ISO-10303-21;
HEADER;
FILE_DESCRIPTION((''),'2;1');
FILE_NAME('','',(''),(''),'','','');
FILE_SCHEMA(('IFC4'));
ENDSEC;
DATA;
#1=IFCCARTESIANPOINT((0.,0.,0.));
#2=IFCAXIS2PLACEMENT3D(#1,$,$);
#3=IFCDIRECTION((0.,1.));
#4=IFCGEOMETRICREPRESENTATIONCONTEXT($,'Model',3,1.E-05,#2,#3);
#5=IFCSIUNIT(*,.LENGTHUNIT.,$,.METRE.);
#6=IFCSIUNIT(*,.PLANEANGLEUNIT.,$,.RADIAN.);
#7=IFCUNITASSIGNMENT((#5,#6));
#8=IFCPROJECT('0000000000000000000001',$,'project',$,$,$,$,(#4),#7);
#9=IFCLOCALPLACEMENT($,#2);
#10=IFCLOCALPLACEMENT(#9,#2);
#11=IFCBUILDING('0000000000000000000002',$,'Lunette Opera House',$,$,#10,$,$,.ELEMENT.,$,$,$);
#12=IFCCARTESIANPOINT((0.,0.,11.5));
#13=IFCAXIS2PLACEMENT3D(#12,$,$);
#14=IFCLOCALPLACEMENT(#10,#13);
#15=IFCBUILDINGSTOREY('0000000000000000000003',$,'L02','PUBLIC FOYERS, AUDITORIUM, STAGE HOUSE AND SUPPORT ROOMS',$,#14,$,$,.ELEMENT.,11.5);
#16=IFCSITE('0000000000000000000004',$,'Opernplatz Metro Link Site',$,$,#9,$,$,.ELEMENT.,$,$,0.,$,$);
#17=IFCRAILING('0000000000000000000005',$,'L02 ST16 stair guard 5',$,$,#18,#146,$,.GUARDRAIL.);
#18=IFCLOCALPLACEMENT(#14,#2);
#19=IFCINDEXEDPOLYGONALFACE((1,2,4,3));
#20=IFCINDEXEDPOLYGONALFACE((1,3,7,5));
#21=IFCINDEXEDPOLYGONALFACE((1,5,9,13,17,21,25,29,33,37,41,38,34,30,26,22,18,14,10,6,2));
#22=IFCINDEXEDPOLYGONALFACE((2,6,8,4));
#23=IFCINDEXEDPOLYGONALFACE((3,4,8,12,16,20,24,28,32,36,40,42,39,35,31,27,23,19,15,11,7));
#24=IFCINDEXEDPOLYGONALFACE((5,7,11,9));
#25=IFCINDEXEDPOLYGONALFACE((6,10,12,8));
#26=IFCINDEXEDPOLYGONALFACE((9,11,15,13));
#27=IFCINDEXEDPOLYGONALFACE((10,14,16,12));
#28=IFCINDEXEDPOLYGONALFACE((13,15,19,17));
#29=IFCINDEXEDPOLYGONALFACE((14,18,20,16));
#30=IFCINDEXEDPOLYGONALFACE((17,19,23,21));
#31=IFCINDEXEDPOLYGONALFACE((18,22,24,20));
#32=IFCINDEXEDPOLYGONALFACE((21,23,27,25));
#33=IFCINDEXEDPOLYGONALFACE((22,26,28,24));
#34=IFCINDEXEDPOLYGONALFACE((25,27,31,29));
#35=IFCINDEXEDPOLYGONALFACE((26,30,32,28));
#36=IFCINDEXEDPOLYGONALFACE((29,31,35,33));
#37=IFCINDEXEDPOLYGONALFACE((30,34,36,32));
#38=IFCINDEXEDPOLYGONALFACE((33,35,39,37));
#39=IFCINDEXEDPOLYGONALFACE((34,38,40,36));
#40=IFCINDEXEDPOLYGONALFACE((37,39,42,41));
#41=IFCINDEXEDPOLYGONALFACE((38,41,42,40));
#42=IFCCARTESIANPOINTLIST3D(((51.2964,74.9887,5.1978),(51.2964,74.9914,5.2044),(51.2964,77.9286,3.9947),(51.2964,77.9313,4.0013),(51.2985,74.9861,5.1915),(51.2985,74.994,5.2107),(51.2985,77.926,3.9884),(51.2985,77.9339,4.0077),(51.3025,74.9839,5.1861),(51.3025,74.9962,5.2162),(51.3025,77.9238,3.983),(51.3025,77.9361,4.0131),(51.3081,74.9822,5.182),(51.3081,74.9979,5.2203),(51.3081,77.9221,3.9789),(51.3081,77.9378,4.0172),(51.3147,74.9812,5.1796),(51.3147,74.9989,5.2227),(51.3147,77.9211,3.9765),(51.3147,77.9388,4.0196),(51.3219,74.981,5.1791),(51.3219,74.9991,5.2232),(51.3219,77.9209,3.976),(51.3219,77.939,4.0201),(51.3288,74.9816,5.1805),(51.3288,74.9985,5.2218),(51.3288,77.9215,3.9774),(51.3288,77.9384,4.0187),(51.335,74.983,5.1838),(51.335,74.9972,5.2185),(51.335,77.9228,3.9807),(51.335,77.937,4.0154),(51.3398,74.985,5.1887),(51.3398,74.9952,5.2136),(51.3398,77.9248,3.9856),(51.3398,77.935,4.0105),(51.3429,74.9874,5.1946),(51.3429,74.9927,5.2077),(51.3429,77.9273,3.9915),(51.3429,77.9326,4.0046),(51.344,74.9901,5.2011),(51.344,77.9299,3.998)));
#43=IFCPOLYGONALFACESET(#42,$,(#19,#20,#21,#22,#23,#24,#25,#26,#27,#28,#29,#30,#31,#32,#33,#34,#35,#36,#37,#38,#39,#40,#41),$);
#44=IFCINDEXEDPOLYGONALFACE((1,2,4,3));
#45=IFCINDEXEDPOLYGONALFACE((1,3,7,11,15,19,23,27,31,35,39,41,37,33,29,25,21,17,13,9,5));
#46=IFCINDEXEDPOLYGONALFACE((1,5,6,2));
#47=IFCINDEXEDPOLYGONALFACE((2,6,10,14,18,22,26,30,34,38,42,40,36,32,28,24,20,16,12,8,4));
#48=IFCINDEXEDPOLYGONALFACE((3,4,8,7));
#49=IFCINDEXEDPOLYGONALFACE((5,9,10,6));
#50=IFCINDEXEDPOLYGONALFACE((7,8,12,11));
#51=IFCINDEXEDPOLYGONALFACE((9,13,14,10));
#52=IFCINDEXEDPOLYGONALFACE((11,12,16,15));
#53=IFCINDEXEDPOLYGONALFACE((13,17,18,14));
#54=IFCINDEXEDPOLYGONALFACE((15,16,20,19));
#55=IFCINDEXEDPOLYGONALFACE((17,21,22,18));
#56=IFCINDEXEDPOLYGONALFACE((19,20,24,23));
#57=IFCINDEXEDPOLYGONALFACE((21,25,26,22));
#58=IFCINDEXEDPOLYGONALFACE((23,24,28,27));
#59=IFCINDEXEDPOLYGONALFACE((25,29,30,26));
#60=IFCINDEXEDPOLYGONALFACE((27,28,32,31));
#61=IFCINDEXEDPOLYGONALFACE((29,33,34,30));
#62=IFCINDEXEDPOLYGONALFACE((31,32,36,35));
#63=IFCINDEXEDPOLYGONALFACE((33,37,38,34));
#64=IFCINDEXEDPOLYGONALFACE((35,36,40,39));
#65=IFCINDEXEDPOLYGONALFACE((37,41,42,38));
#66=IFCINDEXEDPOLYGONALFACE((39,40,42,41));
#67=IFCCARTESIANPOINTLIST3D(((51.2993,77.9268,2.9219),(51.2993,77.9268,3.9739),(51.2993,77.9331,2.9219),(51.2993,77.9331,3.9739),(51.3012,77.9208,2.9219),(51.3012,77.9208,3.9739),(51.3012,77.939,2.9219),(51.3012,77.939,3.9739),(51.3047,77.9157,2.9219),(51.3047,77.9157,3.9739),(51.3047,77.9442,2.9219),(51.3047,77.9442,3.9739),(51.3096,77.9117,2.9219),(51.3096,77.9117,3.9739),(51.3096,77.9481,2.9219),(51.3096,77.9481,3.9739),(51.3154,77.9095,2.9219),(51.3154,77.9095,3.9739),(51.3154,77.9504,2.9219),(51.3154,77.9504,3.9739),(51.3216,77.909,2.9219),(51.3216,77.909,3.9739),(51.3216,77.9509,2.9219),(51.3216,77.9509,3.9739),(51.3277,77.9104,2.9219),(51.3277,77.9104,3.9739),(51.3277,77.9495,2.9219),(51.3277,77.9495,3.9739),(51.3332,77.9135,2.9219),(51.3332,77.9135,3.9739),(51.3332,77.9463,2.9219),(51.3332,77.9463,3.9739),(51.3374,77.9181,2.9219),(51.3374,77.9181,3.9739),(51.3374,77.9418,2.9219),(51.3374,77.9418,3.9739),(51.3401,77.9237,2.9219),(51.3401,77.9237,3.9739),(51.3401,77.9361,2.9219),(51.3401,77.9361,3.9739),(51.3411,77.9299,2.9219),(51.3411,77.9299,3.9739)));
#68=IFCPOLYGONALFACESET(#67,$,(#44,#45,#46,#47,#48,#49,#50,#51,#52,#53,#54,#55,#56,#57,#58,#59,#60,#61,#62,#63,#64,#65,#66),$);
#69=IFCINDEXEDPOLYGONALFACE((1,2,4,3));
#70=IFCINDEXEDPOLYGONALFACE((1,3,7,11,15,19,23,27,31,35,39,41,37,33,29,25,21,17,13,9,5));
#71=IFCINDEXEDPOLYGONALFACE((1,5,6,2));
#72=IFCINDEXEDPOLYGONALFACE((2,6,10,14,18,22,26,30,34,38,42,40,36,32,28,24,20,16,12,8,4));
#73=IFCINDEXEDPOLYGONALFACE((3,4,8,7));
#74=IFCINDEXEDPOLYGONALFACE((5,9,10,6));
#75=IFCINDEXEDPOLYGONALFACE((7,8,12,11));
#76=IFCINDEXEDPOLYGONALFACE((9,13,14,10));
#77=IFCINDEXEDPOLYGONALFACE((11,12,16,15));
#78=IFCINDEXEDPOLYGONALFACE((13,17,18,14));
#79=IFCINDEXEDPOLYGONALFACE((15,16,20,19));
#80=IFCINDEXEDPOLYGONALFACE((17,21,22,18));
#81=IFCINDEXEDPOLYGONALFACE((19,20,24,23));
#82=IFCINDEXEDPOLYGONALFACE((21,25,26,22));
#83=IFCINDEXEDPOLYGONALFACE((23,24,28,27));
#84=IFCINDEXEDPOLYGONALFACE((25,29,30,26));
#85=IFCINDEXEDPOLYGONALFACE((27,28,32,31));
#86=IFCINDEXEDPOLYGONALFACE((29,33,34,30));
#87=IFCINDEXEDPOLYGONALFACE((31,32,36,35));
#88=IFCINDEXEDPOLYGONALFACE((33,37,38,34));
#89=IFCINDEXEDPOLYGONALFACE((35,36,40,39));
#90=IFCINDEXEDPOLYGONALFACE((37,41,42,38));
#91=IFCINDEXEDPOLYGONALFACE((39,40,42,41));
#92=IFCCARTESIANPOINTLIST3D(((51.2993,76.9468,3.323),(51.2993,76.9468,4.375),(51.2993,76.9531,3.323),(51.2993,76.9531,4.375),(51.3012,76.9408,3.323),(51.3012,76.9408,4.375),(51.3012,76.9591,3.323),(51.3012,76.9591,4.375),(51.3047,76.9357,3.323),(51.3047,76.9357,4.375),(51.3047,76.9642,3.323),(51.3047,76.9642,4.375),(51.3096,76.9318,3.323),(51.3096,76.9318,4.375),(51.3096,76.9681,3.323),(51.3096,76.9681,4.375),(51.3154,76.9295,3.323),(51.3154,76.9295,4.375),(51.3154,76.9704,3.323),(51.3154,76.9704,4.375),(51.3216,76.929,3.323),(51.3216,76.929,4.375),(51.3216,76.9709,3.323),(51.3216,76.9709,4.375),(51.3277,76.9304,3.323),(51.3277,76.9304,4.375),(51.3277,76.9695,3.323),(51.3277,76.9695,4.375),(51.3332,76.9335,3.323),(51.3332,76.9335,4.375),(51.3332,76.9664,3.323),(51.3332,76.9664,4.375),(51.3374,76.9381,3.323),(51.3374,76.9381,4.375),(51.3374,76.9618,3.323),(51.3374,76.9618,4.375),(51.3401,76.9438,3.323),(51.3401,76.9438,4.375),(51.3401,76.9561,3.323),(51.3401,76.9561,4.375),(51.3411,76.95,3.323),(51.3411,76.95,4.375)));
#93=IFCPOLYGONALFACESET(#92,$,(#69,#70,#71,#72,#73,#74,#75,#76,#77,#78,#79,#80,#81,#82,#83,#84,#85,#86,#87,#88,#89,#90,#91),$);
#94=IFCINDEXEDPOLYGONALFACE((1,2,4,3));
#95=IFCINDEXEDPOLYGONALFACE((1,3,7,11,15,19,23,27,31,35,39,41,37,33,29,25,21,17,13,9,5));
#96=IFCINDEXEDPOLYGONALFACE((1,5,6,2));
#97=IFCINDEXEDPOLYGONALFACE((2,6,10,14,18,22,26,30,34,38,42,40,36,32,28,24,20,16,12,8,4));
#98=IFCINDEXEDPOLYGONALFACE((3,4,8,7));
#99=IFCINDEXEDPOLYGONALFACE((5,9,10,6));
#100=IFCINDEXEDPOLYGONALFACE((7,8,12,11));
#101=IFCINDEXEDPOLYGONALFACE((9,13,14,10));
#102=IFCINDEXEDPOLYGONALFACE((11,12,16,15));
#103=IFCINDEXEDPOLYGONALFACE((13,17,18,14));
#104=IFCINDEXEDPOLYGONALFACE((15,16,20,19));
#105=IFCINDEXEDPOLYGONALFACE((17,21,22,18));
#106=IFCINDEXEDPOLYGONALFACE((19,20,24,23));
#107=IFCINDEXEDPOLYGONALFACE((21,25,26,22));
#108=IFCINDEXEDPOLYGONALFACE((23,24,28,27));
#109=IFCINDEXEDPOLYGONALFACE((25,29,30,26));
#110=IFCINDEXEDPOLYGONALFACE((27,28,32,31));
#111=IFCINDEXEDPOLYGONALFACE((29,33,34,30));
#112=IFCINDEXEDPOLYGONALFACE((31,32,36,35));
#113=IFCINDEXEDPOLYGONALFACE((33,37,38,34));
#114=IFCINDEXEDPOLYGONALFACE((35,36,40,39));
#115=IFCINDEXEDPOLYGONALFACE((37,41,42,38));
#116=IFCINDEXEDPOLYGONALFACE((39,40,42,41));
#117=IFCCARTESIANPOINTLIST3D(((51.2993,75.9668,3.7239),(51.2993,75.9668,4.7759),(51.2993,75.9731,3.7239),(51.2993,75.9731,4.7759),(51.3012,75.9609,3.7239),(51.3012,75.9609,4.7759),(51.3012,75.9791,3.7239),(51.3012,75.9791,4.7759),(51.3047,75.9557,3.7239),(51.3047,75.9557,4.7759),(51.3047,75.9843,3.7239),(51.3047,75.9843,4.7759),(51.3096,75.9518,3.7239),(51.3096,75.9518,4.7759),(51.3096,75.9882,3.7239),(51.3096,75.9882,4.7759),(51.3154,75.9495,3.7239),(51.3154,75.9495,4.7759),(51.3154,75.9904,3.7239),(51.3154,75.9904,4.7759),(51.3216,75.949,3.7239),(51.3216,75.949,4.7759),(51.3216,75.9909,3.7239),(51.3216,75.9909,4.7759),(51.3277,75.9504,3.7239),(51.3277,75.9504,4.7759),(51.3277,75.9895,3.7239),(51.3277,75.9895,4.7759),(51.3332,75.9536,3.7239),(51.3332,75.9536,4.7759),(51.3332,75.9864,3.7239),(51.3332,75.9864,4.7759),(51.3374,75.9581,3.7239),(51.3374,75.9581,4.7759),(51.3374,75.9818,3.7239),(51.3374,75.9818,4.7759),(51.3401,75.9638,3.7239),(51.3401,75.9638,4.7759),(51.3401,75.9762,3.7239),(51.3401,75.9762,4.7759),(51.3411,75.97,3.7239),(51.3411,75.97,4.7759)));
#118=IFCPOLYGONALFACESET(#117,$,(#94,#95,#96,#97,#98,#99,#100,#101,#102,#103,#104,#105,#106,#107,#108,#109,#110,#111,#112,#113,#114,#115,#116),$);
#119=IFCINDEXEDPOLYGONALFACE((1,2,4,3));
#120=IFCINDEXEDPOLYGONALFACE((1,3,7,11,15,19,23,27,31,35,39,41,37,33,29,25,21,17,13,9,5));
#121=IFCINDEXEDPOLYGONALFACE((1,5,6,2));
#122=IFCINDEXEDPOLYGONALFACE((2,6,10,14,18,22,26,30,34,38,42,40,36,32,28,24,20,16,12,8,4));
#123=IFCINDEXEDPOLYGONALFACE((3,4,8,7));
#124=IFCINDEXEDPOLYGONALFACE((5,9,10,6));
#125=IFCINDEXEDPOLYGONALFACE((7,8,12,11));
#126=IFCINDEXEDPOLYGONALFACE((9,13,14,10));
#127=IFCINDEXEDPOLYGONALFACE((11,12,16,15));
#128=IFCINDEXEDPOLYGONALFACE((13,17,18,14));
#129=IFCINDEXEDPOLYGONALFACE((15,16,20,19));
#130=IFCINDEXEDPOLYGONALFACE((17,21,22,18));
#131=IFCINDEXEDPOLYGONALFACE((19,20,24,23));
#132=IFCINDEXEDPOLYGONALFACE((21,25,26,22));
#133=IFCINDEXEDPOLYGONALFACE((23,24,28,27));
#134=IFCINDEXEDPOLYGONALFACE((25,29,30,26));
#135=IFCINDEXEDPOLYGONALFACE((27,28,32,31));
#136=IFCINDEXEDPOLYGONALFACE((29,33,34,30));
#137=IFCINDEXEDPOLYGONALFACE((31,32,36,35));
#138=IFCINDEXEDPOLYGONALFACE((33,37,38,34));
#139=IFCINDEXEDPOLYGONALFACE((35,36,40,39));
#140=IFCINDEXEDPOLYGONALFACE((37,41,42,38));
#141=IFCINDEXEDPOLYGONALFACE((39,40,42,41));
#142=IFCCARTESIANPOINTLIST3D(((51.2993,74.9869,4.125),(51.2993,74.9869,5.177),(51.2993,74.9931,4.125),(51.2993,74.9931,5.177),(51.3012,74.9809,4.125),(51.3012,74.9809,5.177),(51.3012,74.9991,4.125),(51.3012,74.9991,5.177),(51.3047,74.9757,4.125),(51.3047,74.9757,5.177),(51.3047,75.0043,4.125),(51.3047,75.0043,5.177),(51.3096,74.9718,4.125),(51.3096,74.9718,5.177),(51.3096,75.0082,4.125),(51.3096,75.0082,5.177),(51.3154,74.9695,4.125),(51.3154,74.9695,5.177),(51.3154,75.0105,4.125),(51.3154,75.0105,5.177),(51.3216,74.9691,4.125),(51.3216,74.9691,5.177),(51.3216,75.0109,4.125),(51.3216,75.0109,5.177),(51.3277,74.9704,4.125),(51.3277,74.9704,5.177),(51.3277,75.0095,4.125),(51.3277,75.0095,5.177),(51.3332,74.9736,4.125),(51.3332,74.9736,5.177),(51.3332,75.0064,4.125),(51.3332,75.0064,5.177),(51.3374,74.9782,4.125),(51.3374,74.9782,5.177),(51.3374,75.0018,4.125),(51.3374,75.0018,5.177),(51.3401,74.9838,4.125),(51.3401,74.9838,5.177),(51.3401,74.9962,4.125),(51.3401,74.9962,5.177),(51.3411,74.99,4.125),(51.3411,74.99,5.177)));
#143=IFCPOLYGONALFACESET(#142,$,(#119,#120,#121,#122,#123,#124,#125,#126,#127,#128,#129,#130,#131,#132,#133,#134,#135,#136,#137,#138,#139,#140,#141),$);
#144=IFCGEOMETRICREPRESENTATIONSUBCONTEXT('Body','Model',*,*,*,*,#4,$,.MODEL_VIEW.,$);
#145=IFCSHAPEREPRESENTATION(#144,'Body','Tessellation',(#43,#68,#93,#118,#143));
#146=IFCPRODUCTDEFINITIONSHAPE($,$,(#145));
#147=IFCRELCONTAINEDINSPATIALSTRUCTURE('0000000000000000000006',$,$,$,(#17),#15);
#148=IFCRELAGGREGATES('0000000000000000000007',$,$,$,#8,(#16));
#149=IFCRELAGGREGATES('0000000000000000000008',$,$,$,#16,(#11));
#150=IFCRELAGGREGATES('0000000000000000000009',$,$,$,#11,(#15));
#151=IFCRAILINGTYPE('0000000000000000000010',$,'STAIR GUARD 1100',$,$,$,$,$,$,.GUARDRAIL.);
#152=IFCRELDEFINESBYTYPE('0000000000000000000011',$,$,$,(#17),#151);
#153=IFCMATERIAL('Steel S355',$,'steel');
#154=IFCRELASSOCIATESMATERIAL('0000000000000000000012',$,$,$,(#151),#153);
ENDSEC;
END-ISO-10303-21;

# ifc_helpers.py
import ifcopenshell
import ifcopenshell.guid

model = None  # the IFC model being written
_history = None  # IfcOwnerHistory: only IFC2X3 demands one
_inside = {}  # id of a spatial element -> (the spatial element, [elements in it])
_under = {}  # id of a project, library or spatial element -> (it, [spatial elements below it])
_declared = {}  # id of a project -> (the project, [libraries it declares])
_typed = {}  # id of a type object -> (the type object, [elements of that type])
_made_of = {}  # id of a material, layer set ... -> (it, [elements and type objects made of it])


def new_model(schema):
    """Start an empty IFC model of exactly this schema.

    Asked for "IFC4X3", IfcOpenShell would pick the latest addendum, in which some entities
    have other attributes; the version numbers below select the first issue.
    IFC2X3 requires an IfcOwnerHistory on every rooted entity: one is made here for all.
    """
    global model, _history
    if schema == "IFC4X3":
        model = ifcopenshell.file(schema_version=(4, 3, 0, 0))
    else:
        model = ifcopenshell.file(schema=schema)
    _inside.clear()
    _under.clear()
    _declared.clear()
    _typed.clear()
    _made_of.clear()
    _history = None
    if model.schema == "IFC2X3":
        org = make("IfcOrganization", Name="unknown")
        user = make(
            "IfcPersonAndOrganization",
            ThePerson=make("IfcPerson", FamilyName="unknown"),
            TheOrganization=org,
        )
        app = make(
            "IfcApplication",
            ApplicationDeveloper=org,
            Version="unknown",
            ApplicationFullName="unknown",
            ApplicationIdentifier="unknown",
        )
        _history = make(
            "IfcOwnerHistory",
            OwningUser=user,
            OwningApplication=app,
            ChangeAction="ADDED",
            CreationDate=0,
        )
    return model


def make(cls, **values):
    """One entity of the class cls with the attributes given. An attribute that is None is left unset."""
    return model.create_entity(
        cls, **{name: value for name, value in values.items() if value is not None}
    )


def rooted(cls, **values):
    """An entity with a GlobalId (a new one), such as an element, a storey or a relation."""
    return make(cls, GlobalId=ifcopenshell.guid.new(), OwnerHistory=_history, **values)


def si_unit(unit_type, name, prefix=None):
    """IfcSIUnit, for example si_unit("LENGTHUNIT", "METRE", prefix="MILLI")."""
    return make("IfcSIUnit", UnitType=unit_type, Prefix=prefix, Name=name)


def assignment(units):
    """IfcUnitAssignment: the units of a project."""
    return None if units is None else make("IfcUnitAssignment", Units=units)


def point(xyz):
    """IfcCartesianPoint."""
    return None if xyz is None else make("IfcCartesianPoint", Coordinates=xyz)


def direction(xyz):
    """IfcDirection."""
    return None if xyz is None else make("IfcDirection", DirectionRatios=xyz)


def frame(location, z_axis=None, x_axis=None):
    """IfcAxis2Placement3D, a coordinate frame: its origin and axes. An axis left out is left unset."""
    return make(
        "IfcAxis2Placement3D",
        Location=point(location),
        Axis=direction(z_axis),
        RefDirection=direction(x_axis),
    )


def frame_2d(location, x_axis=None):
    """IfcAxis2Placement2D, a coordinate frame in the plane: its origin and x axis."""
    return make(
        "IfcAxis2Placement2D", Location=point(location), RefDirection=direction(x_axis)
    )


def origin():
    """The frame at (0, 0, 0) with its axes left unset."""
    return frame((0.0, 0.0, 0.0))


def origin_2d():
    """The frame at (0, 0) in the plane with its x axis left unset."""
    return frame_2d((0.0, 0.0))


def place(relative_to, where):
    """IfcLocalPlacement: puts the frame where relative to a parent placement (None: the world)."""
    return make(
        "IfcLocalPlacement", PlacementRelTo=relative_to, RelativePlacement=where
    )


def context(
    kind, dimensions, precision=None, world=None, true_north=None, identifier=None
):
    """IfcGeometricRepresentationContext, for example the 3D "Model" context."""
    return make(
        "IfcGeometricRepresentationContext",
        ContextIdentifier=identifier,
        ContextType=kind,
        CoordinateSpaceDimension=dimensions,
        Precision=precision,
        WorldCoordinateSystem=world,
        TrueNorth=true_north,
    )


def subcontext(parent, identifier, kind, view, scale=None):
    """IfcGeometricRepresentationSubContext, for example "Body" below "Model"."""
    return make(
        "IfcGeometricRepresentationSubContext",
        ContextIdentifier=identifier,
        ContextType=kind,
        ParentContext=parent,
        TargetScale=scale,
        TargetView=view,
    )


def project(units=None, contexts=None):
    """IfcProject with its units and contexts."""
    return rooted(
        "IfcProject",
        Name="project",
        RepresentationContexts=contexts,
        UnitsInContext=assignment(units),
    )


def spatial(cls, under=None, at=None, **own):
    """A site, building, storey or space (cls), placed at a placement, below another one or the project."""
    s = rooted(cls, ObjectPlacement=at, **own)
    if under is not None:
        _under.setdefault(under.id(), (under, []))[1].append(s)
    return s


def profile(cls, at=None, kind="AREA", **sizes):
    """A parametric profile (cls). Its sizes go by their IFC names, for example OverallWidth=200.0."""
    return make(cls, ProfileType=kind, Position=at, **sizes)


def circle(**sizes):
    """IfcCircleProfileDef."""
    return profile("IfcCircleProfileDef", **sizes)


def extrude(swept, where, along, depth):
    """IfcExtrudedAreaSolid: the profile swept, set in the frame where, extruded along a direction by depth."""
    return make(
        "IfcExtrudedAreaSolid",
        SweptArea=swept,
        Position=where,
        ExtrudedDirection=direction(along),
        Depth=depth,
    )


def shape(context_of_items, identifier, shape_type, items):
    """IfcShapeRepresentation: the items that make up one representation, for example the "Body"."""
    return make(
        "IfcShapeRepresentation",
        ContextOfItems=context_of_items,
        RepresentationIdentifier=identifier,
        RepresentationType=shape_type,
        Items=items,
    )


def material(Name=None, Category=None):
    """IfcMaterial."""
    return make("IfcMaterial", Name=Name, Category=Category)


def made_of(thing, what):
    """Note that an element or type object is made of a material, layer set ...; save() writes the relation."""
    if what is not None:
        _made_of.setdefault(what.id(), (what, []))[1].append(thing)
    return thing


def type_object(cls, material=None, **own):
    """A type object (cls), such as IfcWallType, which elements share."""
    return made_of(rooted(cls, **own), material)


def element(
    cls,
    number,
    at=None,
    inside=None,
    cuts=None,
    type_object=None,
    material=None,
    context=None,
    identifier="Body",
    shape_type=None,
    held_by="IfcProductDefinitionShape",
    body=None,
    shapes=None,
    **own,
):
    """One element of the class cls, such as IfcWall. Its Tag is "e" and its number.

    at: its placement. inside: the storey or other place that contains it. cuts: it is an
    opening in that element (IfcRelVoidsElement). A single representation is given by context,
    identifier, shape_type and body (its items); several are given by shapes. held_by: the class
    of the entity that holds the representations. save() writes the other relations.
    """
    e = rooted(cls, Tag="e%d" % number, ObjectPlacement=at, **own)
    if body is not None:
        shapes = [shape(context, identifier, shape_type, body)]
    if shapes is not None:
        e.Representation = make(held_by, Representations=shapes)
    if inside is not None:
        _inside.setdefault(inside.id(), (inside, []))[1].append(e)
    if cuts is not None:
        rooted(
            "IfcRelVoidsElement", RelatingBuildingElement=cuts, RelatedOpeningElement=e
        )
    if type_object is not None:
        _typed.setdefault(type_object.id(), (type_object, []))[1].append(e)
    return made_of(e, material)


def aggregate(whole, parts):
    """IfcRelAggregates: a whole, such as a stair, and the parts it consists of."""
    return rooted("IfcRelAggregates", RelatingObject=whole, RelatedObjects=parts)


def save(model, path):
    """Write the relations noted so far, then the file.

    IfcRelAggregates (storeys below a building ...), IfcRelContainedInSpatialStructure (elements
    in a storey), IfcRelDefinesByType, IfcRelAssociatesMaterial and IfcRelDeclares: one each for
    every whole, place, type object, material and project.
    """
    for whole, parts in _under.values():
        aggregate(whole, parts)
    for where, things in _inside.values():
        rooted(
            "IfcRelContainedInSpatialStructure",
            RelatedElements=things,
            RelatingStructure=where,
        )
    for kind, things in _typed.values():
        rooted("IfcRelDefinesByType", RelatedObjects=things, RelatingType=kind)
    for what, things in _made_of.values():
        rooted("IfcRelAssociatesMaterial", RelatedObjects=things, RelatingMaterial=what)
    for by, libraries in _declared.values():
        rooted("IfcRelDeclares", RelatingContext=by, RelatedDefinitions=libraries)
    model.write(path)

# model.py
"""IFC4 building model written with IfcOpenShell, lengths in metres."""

from ifc_helpers import new_model, si_unit, direction, frame, origin, origin_2d, place, context, subcontext, project, spatial, circle, extrude, material, type_object, element, save


model = new_model("IFC4")

# Units and contexts
model_context = context("Model", 3, precision=1e-05, world=origin(), true_north=direction((0.0, 1.0)))
body_context = subcontext(model_context, "Body", "Model", "MODEL_VIEW")
ifc_project = project(units=[si_unit("LENGTHUNIT", "METRE"), si_unit("PLANEANGLEUNIT", "RADIAN")], contexts=[model_context])

# Site, building, storey
site_placement = place(None, origin())
site = spatial("IfcSite", under=ifc_project, at=site_placement, Name="Opernplatz Metro Link Site", CompositionType="ELEMENT", RefElevation=0.0)
building_placement = place(site_placement, origin())
building = spatial("IfcBuilding", under=site, at=building_placement, Name="Lunette Opera House", CompositionType="ELEMENT")
storey_placement = place(building_placement, frame((0.0, 0.0, 11.5)))
storey = spatial("IfcBuildingStorey", under=building, at=storey_placement, Name="L02", Description="PUBLIC FOYERS, AUDITORIUM, STAGE HOUSE AND SUPPORT ROOMS", CompositionType="ELEMENT", Elevation=11.5)

# Railing
ifc_material_1 = material(Name="Steel S355", Category="steel")
railing_type = type_object("IfcRailingType", Name="STAIR GUARD 1100", PredefinedType="GUARDRAIL", material=ifc_material_1)
railing_1_placement = place(storey_placement, frame((51.3201, 77.9299, 2.9219)))
element("IfcRailing", 1, at=railing_1_placement, inside=storey, type_object=railing_type, Name="L02 ST16 stair guard 5", PredefinedType="GUARDRAIL", context=body_context, shape_type="SweptSolid", body=[
    extrude(circle(Radius=0.0239, at=origin_2d()), frame((0.0, 0.0, 1.0762), z_axis=(0.0, -0.9255, 0.378747), x_axis=(1.0, 0.0, 0.0)), (0.0, 0.0, 1.0), 3.1765),
    extrude(circle(Radius=0.021, at=origin_2d()), origin(), (0.0, 0.0, 1.0), 1.052),
    extrude(circle(Radius=0.021, at=origin_2d()), frame((0.0, -0.98, 0.4011)), (0.0, 0.0, 1.0), 1.052),
    extrude(circle(Radius=0.021, at=origin_2d()), frame((0.0, -1.96, 0.802)), (0.0, 0.0, 1.0), 1.052),
    extrude(circle(Radius=0.021, at=origin_2d()), frame((0.0, -2.9399, 1.2031)), (0.0, 0.0, 1.0), 1.052),
])

save(model, "model.ifc")
